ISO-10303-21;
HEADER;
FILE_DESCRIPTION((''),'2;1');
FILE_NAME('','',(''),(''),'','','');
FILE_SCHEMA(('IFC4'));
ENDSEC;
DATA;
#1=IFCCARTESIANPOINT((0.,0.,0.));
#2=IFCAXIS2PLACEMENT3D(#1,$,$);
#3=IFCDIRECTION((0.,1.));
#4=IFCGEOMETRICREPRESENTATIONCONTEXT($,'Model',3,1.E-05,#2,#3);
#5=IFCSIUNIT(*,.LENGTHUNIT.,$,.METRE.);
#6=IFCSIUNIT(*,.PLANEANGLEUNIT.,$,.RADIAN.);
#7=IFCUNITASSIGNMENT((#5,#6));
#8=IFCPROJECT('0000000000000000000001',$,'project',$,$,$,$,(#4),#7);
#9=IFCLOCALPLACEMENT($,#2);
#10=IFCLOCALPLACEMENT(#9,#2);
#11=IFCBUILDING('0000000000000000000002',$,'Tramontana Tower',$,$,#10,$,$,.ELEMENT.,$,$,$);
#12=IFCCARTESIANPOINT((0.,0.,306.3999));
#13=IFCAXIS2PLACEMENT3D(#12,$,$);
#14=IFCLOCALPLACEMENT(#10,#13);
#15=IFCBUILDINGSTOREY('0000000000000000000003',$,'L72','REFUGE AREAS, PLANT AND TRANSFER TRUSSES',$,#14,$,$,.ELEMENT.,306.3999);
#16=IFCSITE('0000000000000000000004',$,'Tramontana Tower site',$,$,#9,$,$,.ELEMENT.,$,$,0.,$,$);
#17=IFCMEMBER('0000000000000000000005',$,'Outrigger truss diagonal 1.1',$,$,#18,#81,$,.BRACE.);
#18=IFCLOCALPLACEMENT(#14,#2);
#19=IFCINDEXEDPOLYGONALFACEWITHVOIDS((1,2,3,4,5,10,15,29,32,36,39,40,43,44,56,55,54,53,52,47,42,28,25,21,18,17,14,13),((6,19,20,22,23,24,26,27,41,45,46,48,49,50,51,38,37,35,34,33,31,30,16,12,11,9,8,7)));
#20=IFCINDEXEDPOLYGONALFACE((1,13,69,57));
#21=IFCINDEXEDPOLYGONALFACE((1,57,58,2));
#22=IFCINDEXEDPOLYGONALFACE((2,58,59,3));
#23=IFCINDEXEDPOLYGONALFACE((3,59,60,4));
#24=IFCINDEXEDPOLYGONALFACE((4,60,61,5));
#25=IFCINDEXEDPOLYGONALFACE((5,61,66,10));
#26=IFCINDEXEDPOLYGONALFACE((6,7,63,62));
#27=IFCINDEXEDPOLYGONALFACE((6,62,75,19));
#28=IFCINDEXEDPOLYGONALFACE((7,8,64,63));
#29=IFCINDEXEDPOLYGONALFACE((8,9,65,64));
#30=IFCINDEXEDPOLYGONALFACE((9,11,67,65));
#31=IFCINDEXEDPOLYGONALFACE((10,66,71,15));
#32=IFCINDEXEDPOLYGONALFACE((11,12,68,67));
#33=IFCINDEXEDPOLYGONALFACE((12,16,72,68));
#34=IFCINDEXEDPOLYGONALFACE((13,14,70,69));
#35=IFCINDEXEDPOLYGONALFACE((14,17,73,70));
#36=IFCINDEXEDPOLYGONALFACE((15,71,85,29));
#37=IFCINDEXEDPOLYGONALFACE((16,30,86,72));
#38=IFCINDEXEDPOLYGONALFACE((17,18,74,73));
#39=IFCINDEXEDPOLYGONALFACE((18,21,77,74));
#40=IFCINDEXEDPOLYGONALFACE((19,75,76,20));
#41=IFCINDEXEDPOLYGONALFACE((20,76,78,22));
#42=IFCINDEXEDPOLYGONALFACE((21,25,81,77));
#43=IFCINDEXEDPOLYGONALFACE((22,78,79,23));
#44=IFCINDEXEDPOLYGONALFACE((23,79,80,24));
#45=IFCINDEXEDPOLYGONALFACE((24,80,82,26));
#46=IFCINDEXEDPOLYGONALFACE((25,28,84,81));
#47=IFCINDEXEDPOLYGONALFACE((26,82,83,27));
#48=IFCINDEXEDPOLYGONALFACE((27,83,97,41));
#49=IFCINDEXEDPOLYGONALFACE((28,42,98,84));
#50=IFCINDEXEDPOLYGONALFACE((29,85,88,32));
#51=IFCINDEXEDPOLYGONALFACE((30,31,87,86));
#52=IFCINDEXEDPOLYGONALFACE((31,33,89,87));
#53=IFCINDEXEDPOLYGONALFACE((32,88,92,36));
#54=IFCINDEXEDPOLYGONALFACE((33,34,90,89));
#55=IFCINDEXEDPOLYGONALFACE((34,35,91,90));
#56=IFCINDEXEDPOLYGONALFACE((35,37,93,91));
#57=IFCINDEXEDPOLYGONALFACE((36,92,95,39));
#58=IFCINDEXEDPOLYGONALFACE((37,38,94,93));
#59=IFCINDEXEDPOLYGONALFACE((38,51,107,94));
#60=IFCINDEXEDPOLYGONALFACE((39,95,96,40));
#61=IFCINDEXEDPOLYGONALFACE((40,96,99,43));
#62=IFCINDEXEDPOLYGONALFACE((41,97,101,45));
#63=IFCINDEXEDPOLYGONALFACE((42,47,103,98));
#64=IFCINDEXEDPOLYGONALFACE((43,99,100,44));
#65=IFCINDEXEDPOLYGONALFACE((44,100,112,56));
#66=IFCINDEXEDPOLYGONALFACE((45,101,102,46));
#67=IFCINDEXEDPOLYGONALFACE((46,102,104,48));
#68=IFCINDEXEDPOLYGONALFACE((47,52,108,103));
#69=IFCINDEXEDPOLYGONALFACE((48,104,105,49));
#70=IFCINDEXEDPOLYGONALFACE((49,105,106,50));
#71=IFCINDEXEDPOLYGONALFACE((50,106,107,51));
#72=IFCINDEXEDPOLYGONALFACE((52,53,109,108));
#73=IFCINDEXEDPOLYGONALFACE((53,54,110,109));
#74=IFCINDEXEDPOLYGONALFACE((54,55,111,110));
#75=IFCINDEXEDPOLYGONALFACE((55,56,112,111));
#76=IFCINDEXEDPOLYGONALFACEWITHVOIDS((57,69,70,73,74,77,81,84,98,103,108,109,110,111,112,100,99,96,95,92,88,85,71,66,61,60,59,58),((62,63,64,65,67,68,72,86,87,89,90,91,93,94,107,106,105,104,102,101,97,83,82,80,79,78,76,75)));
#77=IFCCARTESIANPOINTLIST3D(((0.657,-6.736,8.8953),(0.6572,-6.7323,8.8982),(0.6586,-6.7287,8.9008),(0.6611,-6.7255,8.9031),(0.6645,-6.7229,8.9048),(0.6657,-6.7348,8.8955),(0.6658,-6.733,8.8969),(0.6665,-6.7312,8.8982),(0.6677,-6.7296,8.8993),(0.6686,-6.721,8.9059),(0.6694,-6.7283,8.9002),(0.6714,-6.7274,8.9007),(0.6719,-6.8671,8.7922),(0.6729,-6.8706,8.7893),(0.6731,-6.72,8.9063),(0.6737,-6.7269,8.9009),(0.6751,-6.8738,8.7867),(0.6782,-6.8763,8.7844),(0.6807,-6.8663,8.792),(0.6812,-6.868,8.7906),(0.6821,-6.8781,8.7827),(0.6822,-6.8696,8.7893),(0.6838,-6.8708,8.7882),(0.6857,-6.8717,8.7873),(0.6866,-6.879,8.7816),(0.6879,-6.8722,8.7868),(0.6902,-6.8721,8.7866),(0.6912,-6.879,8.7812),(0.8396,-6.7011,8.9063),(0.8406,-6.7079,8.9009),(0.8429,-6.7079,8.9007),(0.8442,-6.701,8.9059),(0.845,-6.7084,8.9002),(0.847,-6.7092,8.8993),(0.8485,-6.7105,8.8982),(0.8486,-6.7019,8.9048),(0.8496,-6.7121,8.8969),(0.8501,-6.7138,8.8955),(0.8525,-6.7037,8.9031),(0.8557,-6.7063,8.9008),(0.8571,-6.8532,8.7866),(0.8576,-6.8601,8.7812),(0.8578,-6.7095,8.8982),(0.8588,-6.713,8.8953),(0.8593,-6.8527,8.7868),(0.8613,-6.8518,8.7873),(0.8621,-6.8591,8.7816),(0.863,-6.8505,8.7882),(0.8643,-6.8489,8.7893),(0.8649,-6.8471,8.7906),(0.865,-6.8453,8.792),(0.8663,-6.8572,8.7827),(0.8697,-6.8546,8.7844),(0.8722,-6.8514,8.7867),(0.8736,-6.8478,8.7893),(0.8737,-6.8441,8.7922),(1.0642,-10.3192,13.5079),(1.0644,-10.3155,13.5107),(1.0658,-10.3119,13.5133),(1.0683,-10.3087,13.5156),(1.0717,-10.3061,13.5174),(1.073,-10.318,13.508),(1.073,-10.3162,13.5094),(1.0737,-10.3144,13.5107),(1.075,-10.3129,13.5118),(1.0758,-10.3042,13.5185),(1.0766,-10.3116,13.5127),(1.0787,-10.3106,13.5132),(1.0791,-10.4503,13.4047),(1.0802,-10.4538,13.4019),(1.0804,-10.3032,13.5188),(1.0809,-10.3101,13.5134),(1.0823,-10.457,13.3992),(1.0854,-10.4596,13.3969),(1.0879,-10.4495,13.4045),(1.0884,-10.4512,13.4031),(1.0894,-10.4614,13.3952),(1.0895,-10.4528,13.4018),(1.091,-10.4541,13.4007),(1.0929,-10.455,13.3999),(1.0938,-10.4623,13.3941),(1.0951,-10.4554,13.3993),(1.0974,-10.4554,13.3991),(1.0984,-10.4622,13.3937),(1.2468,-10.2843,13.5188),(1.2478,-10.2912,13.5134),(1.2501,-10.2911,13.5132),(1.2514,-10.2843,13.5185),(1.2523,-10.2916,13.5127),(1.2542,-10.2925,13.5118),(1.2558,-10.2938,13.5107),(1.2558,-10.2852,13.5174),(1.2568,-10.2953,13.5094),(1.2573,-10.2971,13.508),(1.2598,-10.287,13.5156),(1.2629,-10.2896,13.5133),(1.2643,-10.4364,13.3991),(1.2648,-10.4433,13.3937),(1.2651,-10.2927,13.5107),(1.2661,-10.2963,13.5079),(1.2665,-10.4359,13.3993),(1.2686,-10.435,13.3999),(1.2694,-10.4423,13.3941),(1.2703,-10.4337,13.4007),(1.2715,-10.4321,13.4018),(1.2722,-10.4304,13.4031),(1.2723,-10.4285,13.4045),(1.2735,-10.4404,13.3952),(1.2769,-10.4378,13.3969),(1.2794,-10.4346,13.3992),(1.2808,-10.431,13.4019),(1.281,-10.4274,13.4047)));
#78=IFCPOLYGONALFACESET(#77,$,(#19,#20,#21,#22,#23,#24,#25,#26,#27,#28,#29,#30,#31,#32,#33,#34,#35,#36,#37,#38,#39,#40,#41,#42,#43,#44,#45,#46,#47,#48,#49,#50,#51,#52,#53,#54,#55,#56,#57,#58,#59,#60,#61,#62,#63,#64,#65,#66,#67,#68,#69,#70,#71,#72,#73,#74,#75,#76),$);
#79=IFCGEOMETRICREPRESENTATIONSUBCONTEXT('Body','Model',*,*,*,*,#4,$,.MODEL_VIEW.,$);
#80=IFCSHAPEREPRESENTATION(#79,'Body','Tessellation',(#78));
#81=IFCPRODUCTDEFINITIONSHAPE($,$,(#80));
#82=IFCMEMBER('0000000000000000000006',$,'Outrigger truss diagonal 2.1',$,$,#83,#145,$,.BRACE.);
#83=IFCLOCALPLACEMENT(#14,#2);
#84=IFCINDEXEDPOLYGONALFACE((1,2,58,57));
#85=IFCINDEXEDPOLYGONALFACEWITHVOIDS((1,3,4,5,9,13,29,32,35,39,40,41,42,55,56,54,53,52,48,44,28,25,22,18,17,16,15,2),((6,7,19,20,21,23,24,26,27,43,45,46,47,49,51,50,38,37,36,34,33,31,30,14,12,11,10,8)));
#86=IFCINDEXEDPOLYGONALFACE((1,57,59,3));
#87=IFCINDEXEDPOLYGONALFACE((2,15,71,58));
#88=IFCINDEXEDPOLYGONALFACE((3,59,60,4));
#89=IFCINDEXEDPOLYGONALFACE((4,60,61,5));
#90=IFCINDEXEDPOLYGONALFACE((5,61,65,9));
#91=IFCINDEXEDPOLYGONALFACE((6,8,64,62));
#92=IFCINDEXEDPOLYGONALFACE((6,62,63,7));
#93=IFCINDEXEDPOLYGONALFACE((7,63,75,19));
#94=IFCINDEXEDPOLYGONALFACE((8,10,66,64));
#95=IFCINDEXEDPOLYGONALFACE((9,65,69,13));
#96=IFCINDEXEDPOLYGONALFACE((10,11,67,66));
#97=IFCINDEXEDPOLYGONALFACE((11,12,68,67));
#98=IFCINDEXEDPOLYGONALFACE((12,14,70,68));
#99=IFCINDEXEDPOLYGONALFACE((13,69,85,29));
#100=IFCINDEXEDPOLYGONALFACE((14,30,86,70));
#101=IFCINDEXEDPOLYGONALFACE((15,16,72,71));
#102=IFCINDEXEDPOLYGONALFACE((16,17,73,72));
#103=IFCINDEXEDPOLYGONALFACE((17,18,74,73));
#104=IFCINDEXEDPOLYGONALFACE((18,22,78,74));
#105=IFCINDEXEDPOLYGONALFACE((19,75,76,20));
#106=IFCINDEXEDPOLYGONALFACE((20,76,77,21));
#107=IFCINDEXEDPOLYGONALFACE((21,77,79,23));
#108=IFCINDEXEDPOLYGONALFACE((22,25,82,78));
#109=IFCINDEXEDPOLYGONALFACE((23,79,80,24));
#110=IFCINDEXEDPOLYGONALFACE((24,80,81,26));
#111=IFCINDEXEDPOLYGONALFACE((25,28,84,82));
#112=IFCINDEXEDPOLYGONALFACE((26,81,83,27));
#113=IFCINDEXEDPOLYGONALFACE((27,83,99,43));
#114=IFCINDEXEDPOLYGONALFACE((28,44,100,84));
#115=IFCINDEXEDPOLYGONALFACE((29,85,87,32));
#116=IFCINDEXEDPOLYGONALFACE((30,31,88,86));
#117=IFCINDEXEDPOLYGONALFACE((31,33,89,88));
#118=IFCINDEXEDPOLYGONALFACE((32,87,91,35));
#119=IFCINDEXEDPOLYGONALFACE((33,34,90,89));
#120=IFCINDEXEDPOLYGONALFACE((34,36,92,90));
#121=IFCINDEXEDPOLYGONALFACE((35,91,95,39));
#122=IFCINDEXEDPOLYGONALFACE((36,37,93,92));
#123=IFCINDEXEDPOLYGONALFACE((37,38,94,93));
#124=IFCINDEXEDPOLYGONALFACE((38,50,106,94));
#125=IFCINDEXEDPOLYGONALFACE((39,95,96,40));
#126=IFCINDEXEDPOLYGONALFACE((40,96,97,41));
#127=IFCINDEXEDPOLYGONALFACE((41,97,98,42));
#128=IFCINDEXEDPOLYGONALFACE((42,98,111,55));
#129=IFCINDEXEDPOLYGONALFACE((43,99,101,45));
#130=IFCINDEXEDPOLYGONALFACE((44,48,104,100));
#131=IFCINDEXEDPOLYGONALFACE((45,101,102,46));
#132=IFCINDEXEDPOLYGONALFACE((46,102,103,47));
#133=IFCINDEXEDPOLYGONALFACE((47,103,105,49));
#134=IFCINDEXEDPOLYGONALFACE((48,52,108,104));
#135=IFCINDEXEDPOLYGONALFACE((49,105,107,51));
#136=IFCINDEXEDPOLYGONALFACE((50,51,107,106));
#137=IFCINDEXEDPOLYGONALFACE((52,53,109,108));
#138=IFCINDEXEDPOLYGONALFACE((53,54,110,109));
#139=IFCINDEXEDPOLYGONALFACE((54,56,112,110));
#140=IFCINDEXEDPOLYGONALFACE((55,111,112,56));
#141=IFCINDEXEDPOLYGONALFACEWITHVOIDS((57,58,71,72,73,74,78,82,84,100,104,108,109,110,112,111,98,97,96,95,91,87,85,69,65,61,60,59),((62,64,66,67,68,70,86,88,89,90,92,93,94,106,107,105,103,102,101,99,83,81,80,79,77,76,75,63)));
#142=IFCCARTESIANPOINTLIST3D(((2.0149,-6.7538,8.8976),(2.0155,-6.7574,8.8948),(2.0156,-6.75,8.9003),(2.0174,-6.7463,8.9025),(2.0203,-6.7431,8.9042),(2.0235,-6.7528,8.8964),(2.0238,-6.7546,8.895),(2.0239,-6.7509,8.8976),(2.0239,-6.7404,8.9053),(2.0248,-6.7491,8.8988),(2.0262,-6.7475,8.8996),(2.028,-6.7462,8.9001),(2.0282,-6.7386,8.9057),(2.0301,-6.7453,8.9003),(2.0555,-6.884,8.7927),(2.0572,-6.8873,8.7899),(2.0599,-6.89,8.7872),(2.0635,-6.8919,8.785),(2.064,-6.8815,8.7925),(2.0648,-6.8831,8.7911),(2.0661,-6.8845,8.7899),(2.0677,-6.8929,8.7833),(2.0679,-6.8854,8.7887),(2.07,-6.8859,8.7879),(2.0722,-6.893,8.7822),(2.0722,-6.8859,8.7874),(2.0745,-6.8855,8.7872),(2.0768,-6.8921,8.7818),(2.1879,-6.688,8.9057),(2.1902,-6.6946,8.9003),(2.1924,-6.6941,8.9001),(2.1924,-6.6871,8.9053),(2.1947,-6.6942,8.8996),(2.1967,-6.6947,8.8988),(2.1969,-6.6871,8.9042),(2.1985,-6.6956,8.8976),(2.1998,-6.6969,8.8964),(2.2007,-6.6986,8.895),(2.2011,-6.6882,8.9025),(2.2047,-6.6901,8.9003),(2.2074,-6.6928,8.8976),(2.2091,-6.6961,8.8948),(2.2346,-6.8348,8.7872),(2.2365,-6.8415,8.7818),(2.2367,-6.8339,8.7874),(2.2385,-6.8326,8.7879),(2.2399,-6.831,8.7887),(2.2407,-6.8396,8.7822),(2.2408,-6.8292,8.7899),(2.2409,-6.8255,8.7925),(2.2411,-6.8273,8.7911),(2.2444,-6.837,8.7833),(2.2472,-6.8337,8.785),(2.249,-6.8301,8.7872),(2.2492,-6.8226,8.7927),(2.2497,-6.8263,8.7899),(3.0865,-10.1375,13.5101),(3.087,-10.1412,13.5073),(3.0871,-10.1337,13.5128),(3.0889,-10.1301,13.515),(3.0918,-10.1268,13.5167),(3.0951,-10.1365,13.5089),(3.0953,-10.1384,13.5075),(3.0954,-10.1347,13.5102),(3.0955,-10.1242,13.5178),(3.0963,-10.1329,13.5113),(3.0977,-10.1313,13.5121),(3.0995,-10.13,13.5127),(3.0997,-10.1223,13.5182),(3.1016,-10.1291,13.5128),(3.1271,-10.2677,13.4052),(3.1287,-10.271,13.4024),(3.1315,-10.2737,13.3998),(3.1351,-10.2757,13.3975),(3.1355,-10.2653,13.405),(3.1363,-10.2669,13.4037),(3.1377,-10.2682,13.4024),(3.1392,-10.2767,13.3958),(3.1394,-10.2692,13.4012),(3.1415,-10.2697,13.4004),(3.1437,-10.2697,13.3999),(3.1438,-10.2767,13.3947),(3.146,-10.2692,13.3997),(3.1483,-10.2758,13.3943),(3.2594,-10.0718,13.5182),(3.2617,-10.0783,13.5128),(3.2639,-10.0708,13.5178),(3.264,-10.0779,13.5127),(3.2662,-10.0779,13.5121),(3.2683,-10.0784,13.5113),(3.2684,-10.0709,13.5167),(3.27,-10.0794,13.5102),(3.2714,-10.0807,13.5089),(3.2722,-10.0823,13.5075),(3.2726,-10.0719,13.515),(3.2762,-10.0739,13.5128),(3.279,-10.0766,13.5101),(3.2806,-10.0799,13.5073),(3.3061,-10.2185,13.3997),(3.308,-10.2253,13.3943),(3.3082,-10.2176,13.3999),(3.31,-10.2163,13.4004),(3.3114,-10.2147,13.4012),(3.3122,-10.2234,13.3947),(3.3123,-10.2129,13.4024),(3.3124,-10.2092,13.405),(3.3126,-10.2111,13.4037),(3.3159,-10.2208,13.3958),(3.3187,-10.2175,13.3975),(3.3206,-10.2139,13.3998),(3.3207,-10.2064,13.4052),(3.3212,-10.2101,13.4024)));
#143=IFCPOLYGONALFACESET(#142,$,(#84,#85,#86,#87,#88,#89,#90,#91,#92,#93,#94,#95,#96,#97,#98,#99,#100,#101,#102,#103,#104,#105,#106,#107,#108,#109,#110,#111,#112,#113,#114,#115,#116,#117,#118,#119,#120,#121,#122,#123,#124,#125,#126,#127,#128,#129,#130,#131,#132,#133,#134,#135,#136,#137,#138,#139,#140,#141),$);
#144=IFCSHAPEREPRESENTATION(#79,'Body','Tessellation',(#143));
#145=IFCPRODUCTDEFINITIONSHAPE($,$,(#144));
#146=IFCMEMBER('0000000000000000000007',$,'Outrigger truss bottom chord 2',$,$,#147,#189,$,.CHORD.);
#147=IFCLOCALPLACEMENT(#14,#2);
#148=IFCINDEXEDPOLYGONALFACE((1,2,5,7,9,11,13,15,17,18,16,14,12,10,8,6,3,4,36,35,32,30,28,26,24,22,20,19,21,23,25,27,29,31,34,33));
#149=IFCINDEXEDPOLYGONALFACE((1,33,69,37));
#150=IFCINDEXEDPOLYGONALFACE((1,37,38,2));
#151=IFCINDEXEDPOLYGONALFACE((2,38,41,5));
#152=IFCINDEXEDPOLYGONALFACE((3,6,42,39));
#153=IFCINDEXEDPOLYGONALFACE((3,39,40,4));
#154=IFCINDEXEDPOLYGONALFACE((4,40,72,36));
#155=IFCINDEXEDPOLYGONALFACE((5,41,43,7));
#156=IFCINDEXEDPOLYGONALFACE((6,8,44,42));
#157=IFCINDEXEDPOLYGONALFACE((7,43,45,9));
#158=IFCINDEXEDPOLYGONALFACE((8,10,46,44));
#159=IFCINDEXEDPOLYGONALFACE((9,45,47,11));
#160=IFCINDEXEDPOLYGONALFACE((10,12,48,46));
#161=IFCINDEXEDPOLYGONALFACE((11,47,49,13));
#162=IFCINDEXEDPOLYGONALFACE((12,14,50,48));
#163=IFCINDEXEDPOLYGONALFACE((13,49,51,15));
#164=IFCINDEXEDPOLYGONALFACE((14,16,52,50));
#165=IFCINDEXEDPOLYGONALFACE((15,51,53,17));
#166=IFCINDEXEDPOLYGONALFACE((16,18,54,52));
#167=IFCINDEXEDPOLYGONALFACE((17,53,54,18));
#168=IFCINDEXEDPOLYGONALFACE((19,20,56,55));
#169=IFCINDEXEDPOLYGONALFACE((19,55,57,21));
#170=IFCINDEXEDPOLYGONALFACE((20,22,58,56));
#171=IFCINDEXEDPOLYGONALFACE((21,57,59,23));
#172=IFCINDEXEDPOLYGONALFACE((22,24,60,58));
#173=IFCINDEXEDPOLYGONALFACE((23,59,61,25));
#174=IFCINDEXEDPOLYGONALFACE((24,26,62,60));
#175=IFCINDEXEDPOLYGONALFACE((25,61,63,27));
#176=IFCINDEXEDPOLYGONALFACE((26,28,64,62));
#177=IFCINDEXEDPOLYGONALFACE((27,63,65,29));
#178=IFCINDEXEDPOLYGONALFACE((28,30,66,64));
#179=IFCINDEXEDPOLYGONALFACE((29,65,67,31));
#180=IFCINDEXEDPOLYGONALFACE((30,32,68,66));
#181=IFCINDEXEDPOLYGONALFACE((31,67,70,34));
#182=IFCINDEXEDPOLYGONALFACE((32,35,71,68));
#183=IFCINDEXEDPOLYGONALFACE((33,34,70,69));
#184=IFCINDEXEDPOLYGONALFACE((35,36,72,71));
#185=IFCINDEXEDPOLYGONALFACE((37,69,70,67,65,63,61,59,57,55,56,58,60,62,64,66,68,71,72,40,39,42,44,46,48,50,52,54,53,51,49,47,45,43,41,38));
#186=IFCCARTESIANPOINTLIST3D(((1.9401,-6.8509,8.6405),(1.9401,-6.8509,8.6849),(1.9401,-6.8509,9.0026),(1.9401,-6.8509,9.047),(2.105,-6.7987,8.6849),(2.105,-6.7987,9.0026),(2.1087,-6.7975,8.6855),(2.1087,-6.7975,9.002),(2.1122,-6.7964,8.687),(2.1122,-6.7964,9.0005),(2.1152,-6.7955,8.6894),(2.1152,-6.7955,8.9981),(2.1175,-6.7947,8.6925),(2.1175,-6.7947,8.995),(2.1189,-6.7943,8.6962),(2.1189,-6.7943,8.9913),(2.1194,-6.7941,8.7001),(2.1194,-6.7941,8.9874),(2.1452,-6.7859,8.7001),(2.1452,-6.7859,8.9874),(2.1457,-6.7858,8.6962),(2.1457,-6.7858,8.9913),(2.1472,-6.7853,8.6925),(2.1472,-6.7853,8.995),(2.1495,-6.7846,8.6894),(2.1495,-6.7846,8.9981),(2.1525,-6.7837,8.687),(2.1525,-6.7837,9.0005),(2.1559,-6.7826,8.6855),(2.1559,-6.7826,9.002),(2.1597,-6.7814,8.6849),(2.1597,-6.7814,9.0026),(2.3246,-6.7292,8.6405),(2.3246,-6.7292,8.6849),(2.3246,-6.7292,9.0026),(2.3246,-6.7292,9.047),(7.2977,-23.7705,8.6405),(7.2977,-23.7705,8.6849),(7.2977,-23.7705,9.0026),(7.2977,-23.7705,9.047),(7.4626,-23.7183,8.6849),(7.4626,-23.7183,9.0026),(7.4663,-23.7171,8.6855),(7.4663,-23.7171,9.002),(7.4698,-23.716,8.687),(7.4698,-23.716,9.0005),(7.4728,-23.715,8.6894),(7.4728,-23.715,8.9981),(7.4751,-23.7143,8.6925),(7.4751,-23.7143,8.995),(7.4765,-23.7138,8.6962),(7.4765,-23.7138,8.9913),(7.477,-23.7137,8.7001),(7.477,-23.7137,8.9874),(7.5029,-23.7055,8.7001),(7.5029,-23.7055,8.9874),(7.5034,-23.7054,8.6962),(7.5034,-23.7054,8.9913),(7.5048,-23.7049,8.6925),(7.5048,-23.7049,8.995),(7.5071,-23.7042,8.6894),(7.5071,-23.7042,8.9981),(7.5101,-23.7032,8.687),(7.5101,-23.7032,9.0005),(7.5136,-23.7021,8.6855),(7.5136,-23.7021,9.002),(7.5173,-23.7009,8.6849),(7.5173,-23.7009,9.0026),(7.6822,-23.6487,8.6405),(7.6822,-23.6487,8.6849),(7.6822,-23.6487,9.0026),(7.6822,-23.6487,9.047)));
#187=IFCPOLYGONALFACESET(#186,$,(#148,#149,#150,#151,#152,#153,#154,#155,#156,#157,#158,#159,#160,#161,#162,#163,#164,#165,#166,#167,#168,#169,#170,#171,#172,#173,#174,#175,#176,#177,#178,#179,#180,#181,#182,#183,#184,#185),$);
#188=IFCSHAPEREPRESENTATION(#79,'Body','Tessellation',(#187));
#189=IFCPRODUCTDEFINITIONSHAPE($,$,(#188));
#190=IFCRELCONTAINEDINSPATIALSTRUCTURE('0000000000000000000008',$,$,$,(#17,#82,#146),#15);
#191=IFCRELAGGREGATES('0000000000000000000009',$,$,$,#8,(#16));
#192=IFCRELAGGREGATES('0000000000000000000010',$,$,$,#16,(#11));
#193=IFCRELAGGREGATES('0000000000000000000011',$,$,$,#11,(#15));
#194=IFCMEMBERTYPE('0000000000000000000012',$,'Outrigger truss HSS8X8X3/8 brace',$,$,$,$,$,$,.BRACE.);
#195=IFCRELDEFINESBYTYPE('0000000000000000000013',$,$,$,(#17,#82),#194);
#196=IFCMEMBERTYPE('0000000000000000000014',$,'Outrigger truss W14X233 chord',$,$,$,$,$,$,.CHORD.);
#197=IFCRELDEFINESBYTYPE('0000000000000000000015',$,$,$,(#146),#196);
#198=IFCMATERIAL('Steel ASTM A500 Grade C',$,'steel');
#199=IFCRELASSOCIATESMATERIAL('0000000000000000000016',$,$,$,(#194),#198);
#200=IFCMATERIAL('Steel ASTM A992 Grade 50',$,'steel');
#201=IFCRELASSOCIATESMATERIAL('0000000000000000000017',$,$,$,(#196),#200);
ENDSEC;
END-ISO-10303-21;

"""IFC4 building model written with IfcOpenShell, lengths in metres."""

from ifc_helpers import new_model, si_unit, direction, frame, origin, origin_2d, place, context, subcontext, project, spatial, hollow_rectangle, i_section, extrude, material, material_profile, profile_set, type_object, element, save


model = new_model("IFC4")

# Units and contexts
model_context = context("Model", 3, precision=1e-05, world=origin(), true_north=direction((0.0, 1.0)))
body_context = subcontext(model_context, "Body", "Model", "MODEL_VIEW")
ifc_project = project(units=[si_unit("LENGTHUNIT", "METRE"), si_unit("PLANEANGLEUNIT", "RADIAN")], contexts=[model_context])

# Site, building, storey
site_placement = place(None, origin())
site = spatial("IfcSite", under=ifc_project, at=site_placement, Name="Tramontana Tower site", CompositionType="ELEMENT", RefElevation=0.0)
building_placement = place(site_placement, origin())
building = spatial("IfcBuilding", under=site, at=building_placement, Name="Tramontana Tower", CompositionType="ELEMENT")
storey_placement = place(building_placement, frame((0.0, 0.0, 306.3999)))
storey = spatial("IfcBuildingStorey", under=building, at=storey_placement, Name="L72", Description="REFUGE AREAS, PLANT AND TRANSFER TRUSSES", CompositionType="ELEMENT", Elevation=306.3999)

# Members
ifc_material_1 = material(Name="Steel ASTM A500 Grade C", Category="steel")
ifc_material_profile_1 = material_profile(ifc_material_1, hollow_rectangle(XDim=0.2031, YDim=0.2031, WallThickness=0.0088, InnerFilletRadius=0.0088, OuterFilletRadius=0.0178, at=origin_2d()), Name="HSS8X8X3/8")
ifc_profile_set_1 = profile_set([ifc_material_profile_1], Name="Steel ASTM A500 Grade C")
member_type_1 = type_object("IfcMemberType", Name="Outrigger truss HSS8X8X3/8 brace", PredefinedType="BRACE", material=ifc_profile_set_1)
member_1_placement = place(storey_placement, frame((0.7654, -6.79, 8.8438), z_axis=(0.069552, -0.611998, 0.787795), x_axis=(0.993604, 0.11292, 0.0)))
element("IfcMember", 1, at=member_1_placement, inside=storey, type_object=member_type_1, Name="Outrigger truss diagonal 1.1", PredefinedType="BRACE", context=body_context, shape_type="SweptSolid", body=[
    extrude(hollow_rectangle(XDim=0.2031, YDim=0.2031, WallThickness=0.0088, InnerFilletRadius=0.0088, OuterFilletRadius=0.0178, at=origin_2d()), origin(), (0.0, 0.0, 1.0), 5.855),
])
member_2_placement = place(storey_placement, frame((2.1323, -6.79, 8.8438), z_axis=(0.184108, -0.581395, 0.792518), x_axis=(0.953342, 0.301892, 0.0)))
element("IfcMember", 2, at=member_2_placement, inside=storey, type_object=member_type_1, Name="Outrigger truss diagonal 2.1", PredefinedType="BRACE", context=body_context, shape_type="SweptSolid", body=[
    extrude(hollow_rectangle(XDim=0.2031, YDim=0.2031, WallThickness=0.0088, InnerFilletRadius=0.0088, OuterFilletRadius=0.0178, at=origin_2d()), origin(), (0.0, 0.0, 1.0), 5.8201),
])
ifc_material_2 = material(Name="Steel ASTM A992 Grade 50", Category="steel")
ifc_material_profile_2 = material_profile(ifc_material_2, i_section(OverallWidth=0.4033, OverallDepth=0.4065, WebThickness=0.0271, FlangeThickness=0.0444, FilletRadius=0.0151, at=origin_2d()), Name="W14X233")
ifc_profile_set_2 = profile_set([ifc_material_profile_2], Name="Steel ASTM A992 Grade 50")
member_type_2 = type_object("IfcMemberType", Name="Outrigger truss W14X233 chord", PredefinedType="CHORD", material=ifc_profile_set_2)
for number, where, z_axis, x_axis, name in (
    (3, (2.1323, -6.79, 8.8438), (0.30188, -0.953346, 0.0), (0.953346, 0.30188, 0.0), "Outrigger truss bottom chord 2"),
):
    element("IfcMember", number, at=place(storey_placement, frame(where, z_axis=z_axis, x_axis=x_axis)), inside=storey, type_object=member_type_2, Name=name, PredefinedType="CHORD", context=body_context, shape_type="SweptSolid", body=[
        extrude(i_section(OverallWidth=0.4033, OverallDepth=0.4065, WebThickness=0.0271, FlangeThickness=0.0444, FilletRadius=0.0151, at=origin_2d()), origin(), (0.0, 0.0, 1.0), 17.7476),
    ])

save(model, "model.ifc")
